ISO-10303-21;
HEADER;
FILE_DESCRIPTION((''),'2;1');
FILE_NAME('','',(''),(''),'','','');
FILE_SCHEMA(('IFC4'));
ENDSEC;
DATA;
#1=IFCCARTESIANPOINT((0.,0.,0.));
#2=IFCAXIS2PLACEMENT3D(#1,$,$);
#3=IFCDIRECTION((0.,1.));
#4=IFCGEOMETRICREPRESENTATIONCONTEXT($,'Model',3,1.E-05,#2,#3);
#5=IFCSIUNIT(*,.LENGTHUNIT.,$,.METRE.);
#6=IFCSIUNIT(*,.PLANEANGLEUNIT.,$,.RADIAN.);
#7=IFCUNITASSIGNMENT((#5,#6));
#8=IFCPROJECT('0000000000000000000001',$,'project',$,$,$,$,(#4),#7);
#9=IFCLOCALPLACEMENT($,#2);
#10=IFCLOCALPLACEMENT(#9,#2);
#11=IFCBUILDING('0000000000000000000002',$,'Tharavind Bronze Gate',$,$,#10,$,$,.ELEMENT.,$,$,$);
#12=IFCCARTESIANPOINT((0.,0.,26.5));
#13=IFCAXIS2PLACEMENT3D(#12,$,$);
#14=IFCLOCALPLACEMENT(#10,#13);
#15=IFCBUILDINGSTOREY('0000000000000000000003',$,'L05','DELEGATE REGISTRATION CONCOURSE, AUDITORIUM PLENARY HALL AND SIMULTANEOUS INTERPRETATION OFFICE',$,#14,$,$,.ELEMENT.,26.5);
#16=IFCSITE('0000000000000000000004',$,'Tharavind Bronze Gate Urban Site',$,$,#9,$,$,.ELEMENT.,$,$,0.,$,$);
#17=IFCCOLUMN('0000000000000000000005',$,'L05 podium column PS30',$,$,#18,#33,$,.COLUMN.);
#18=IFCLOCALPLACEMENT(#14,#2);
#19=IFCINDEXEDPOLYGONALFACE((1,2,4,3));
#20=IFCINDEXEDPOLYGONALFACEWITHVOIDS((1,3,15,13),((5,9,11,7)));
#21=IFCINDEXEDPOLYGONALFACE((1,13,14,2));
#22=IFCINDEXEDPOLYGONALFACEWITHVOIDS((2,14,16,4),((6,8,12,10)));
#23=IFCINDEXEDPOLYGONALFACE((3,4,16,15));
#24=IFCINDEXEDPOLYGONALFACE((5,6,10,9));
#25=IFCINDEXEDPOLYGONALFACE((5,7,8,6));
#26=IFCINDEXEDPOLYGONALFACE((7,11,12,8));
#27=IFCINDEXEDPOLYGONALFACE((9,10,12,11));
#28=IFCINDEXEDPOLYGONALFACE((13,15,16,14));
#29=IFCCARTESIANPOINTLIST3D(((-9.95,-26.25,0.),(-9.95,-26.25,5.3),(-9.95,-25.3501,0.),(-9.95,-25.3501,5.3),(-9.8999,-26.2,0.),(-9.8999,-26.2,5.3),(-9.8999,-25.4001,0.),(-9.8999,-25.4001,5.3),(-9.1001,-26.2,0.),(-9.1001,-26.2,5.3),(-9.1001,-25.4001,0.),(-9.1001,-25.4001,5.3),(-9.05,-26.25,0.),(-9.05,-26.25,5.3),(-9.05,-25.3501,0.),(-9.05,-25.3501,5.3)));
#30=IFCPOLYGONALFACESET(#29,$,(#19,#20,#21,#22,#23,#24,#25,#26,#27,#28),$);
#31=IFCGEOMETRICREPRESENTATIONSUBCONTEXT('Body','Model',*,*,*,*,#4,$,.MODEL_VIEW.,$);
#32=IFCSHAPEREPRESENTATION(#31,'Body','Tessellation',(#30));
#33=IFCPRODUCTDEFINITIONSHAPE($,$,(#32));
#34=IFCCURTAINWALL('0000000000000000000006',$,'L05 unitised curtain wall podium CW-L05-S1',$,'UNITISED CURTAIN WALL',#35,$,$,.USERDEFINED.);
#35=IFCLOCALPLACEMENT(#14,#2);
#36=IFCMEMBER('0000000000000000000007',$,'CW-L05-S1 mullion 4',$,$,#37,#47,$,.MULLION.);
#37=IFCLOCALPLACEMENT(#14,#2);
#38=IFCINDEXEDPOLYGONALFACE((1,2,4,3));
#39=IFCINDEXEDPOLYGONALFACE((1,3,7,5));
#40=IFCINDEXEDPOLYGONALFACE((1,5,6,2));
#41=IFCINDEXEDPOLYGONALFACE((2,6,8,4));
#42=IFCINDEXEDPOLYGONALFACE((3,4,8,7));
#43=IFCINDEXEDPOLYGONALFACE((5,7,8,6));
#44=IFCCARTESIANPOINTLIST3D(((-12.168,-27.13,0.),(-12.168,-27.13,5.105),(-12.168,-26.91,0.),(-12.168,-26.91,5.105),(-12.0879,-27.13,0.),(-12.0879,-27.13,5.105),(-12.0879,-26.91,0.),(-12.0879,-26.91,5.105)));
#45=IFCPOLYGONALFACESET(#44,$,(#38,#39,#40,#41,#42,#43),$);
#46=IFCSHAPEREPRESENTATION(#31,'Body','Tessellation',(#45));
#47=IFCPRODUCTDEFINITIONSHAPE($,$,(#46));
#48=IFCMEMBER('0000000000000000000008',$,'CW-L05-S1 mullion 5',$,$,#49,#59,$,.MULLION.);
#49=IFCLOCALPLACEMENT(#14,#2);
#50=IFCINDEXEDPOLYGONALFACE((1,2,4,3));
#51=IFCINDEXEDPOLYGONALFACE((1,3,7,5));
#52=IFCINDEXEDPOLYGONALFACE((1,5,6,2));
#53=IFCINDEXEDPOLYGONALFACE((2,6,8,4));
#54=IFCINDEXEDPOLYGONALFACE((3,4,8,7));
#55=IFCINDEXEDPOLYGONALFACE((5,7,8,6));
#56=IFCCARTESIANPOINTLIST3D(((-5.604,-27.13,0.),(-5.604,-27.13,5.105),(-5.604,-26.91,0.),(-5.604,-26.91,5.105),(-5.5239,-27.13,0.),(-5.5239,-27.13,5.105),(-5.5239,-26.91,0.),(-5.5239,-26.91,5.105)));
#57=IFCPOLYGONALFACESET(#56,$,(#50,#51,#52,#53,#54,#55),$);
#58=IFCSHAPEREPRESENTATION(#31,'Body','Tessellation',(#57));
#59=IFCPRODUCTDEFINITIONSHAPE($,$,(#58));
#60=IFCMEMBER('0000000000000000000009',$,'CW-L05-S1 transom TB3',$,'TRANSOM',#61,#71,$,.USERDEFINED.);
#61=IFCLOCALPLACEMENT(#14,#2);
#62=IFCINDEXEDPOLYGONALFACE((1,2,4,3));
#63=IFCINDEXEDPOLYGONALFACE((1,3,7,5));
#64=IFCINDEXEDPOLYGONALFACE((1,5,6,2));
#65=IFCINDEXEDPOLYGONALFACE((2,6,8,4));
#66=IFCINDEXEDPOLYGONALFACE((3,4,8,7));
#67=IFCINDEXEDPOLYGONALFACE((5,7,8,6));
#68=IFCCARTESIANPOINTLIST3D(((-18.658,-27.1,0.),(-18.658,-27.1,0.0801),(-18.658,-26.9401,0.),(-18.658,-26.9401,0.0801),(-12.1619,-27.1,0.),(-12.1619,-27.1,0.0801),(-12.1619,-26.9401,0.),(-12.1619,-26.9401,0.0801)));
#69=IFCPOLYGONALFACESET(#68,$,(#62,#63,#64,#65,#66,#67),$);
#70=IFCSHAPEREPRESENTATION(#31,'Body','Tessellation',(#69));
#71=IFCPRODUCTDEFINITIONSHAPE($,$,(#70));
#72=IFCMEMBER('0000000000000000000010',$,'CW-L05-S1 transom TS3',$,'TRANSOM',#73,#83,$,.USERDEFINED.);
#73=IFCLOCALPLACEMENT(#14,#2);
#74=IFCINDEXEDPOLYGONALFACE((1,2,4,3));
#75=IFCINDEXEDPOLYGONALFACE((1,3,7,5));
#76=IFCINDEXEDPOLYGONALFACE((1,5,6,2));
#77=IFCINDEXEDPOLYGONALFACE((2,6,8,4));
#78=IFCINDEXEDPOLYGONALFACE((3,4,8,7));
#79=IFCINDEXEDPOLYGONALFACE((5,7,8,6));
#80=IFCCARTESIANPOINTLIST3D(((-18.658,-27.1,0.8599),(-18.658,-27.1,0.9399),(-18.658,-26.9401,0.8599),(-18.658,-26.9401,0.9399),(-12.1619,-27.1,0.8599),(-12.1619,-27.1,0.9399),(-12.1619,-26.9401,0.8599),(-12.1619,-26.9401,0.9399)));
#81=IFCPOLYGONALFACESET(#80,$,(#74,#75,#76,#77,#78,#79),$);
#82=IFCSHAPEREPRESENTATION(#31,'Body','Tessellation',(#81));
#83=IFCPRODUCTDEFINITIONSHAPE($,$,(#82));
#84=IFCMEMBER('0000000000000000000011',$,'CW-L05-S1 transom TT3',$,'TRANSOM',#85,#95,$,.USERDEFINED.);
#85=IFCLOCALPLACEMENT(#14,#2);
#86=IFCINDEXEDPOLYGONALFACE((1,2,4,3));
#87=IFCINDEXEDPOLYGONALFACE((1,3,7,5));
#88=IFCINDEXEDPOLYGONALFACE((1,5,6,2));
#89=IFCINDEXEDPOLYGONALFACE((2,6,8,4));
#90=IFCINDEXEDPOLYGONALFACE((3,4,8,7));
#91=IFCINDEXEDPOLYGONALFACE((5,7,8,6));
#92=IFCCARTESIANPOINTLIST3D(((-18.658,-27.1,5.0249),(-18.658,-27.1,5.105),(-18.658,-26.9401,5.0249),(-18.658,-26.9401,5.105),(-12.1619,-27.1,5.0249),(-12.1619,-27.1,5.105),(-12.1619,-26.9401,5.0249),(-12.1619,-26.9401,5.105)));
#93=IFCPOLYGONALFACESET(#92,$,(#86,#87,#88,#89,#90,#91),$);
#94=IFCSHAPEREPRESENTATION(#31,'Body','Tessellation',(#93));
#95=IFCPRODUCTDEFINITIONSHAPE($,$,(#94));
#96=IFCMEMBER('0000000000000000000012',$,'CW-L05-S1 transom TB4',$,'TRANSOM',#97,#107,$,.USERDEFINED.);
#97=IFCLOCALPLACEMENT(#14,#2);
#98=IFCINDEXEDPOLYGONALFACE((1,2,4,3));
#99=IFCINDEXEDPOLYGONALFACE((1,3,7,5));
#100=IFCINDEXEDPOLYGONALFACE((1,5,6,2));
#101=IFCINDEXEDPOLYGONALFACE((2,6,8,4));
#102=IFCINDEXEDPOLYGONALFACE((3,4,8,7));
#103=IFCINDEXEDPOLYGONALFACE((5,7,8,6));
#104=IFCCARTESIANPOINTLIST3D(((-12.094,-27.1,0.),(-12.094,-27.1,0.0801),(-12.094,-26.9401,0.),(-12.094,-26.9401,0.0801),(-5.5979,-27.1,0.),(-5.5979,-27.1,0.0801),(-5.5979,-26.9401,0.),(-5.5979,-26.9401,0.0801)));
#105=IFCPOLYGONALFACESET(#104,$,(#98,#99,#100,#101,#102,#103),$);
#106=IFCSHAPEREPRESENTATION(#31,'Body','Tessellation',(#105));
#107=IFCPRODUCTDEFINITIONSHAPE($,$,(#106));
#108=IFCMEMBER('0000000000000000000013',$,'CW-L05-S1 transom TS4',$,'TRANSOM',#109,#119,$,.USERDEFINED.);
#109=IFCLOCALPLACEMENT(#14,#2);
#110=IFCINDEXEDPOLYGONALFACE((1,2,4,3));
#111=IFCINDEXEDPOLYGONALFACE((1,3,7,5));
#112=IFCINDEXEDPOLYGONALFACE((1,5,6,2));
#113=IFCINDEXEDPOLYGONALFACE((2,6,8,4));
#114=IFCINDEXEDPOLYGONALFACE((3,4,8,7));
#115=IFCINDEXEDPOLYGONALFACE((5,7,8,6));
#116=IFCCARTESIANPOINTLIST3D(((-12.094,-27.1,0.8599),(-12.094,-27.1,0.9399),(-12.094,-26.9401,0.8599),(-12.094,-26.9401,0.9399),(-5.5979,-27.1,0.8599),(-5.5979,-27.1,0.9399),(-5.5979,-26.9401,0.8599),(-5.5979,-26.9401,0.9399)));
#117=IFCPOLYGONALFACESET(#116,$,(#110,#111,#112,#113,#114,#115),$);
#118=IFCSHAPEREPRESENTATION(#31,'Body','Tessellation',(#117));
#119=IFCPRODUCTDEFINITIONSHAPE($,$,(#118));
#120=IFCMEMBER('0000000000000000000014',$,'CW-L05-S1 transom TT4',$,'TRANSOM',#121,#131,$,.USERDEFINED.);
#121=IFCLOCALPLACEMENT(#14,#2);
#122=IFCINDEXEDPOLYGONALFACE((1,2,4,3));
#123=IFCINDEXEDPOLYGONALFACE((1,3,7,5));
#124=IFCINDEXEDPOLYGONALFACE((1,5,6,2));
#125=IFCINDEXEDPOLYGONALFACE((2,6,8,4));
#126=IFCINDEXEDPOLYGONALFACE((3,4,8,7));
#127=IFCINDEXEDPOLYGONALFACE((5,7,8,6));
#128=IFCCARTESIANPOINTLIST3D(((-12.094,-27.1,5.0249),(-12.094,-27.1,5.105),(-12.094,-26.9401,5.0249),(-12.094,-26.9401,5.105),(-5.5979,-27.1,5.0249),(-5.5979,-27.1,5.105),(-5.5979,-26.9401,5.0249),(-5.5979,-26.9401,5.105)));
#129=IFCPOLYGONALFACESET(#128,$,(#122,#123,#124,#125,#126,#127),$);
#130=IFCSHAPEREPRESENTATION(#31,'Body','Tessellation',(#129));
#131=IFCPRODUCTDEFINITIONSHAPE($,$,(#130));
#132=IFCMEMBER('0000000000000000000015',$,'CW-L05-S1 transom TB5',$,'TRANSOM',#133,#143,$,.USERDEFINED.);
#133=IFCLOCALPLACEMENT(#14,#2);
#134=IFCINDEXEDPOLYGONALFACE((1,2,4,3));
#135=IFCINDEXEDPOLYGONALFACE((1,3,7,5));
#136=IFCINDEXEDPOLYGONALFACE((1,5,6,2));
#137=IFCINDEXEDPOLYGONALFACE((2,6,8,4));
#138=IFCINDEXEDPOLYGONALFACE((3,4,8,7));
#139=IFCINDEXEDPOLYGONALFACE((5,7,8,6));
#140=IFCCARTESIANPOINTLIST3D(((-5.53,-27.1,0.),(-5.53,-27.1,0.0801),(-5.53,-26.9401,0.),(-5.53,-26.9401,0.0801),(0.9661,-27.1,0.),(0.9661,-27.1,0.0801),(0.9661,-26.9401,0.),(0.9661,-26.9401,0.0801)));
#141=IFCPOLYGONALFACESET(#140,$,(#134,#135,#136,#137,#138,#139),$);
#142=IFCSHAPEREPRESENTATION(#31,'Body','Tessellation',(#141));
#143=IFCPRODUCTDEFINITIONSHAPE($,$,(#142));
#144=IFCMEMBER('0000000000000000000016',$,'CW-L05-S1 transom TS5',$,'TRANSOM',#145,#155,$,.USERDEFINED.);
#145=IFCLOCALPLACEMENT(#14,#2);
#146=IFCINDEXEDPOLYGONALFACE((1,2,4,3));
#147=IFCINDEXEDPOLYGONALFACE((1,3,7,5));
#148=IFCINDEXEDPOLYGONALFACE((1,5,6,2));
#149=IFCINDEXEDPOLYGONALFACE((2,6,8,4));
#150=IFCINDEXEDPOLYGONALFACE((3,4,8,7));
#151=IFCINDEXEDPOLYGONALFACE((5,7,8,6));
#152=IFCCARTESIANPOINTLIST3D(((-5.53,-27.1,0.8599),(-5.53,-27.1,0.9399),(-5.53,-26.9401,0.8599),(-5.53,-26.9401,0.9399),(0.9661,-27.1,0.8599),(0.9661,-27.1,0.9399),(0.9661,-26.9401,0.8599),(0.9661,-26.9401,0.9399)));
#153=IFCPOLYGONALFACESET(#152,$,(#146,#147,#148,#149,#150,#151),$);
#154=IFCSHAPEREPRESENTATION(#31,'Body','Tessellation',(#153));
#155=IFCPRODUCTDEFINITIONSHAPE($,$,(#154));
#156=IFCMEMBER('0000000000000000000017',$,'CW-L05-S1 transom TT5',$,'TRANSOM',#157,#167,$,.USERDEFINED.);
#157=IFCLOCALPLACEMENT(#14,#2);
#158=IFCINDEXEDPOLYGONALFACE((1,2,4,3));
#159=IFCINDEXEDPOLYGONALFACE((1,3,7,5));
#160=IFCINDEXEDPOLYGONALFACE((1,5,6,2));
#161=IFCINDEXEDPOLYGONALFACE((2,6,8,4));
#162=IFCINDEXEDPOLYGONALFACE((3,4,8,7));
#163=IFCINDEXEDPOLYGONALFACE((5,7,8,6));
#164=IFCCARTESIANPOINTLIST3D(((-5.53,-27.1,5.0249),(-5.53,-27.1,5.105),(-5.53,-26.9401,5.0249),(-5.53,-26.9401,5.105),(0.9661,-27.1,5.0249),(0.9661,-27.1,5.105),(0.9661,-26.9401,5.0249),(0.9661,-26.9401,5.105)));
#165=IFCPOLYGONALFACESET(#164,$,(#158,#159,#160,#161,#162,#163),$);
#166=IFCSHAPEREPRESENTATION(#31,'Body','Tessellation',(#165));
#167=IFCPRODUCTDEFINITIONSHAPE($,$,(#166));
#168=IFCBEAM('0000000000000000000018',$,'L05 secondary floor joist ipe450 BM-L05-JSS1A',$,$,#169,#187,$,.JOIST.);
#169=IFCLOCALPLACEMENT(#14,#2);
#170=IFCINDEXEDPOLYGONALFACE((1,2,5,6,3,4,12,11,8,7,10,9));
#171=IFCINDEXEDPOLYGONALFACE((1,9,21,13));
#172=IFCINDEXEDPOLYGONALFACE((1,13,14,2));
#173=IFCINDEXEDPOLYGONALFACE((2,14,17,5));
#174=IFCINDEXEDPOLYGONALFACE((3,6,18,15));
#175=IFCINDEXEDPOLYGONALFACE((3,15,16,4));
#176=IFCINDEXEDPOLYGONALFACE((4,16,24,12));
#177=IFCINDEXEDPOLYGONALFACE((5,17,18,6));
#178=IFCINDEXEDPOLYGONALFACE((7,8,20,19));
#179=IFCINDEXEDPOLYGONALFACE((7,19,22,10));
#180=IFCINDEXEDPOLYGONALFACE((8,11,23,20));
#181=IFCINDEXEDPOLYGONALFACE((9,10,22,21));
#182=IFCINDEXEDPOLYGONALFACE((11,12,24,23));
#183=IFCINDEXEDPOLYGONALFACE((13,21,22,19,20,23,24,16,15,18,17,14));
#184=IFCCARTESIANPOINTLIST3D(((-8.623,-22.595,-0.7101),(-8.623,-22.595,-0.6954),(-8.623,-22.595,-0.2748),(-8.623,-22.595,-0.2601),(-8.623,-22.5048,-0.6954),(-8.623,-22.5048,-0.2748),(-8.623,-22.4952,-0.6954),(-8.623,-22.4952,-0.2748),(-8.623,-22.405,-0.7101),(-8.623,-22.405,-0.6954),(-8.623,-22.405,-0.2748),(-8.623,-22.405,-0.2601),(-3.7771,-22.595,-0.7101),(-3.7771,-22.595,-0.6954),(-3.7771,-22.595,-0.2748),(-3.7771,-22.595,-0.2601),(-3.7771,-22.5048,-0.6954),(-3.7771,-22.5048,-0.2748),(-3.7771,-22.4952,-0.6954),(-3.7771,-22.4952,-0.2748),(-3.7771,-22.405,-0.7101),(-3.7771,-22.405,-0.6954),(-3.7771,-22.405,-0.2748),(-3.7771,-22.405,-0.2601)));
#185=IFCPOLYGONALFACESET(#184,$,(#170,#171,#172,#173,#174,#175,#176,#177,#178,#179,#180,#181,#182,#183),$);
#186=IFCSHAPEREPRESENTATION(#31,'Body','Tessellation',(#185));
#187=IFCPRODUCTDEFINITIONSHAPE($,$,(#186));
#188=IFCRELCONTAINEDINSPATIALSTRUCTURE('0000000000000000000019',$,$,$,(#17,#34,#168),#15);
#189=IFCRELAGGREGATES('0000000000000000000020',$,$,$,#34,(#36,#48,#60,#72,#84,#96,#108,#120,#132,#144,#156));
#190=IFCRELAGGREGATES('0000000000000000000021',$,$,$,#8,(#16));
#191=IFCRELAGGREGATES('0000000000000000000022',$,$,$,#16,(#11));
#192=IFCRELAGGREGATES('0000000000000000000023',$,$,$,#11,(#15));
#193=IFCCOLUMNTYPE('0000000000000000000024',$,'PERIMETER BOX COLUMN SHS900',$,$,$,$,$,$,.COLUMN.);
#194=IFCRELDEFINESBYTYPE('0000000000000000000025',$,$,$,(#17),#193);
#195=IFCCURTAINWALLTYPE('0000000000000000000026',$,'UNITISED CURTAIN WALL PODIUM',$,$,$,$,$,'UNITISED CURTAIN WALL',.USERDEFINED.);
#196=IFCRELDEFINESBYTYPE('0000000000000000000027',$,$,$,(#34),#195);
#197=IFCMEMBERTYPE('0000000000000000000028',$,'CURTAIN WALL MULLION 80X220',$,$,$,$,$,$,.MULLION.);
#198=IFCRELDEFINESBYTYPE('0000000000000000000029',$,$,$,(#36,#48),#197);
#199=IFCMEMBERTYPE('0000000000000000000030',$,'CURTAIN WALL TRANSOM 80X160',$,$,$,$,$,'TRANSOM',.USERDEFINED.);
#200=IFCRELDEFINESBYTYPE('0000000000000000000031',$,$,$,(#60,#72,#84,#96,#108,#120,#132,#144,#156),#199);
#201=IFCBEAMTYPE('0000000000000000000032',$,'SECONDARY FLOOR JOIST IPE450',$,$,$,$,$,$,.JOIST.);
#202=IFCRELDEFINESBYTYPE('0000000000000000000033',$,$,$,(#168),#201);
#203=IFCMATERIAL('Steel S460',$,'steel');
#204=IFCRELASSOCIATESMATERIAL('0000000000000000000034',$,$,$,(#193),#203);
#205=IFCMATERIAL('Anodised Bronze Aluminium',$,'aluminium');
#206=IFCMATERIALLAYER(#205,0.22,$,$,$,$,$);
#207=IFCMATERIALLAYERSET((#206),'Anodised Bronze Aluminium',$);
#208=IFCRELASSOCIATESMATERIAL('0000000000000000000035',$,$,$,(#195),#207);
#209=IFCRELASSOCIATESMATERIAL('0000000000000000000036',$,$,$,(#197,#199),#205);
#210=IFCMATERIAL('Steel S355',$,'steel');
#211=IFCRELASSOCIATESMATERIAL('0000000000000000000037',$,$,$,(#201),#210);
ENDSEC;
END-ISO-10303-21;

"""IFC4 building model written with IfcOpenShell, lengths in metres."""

from ifc_helpers import new_model, si_unit, direction, frame, origin, origin_2d, place, context, subcontext, project, spatial, rectangle, hollow_rectangle, i_section, extrude, material, layer, layer_set, material_profile, profile_set, type_object, element, aggregate, save


model = new_model("IFC4")

# Units and contexts
model_context = context("Model", 3, precision=1e-05, world=origin(), true_north=direction((0.0, 1.0)))
body_context = subcontext(model_context, "Body", "Model", "MODEL_VIEW")
ifc_project = project(units=[si_unit("LENGTHUNIT", "METRE"), si_unit("PLANEANGLEUNIT", "RADIAN")], contexts=[model_context])

# Site, building, storey
site_placement = place(None, origin())
site = spatial("IfcSite", under=ifc_project, at=site_placement, Name="Tharavind Bronze Gate Urban Site", CompositionType="ELEMENT", RefElevation=0.0)
building_placement = place(site_placement, origin())
building = spatial("IfcBuilding", under=site, at=building_placement, Name="Tharavind Bronze Gate", CompositionType="ELEMENT")
storey_placement = place(building_placement, frame((0.0, 0.0, 26.5)))
storey = spatial("IfcBuildingStorey", under=building, at=storey_placement, Name="L05", Description="DELEGATE REGISTRATION CONCOURSE, AUDITORIUM PLENARY HALL AND SIMULTANEOUS INTERPRETATION OFFICE", CompositionType="ELEMENT", Elevation=26.5)

# Column
ifc_material_1 = material(Name="Steel S460", Category="steel")
ifc_material_profile_1 = material_profile(ifc_material_1, hollow_rectangle(XDim=0.8999, YDim=0.8999, WallThickness=0.05, at=origin_2d()), Name="SHS900X50")
ifc_profile_set_1 = profile_set([ifc_material_profile_1], Name="Steel S460")
column_type = type_object("IfcColumnType", Name="PERIMETER BOX COLUMN SHS900", PredefinedType="COLUMN", material=ifc_profile_set_1)
column_placement = place(storey_placement, frame((-9.5, -25.8, 0.0), z_axis=(0.0, 0.0, 1.0), x_axis=(1.0, 0.0, 0.0)))
element("IfcColumn", 1, at=column_placement, inside=storey, type_object=column_type, Name="L05 podium column PS30", PredefinedType="COLUMN", context=body_context, shape_type="SweptSolid", body=[
    extrude(hollow_rectangle(XDim=0.8999, YDim=0.8999, WallThickness=0.05, at=origin_2d()), origin(), (0.0, 0.0, 1.0), 5.3),
])

# Curtain wall, members
ifc_material_2 = material(Name="Anodised Bronze Aluminium", Category="aluminium")
ifc_layer_1 = layer(ifc_material_2, 0.22)
ifc_layer_set_1 = layer_set([ifc_layer_1], Name="Anodised Bronze Aluminium")
curtain_wall_type = type_object("IfcCurtainWallType", Name="UNITISED CURTAIN WALL PODIUM", ElementType="UNITISED CURTAIN WALL", PredefinedType="USERDEFINED", material=ifc_layer_set_1)
curtain_wall_placement = place(storey_placement, origin())
curtain_wall = element("IfcCurtainWall", 2, at=curtain_wall_placement, inside=storey, type_object=curtain_wall_type, Name="L05 unitised curtain wall podium CW-L05-S1", ObjectType="UNITISED CURTAIN WALL", PredefinedType="USERDEFINED")
member_type_1 = type_object("IfcMemberType", Name="CURTAIN WALL MULLION 80X220", PredefinedType="MULLION", material=ifc_material_2)
member_1_placement = place(storey_placement, frame((-12.1279, -27.02, 0.0), z_axis=(0.0, 0.0, 1.0), x_axis=(1.0, 0.0, 0.0)))
member_1 = element("IfcMember", 3, at=member_1_placement, type_object=member_type_1, Name="CW-L05-S1 mullion 4", PredefinedType="MULLION", context=body_context, shape_type="SweptSolid", body=[
    extrude(rectangle(XDim=0.0801, YDim=0.22, at=origin_2d()), origin(), (0.0, 0.0, 1.0), 5.105),
])
member_2_placement = place(storey_placement, frame((-5.564, -27.02, 0.0), z_axis=(0.0, 0.0, 1.0), x_axis=(1.0, 0.0, 0.0)))
member_2 = element("IfcMember", 4, at=member_2_placement, type_object=member_type_1, Name="CW-L05-S1 mullion 5", PredefinedType="MULLION", context=body_context, shape_type="SweptSolid", body=[
    extrude(rectangle(XDim=0.0801, YDim=0.22, at=origin_2d()), origin(), (0.0, 0.0, 1.0), 5.105),
])
member_type_2 = type_object("IfcMemberType", Name="CURTAIN WALL TRANSOM 80X160", ElementType="TRANSOM", PredefinedType="USERDEFINED", material=ifc_material_2)
member_3_placement = place(storey_placement, frame((-15.4099, -27.02, 0.0), z_axis=(0.0, 0.0, 1.0), x_axis=(1.0, 0.0, 0.0)))
member_3 = element("IfcMember", 5, at=member_3_placement, type_object=member_type_2, Name="CW-L05-S1 transom TB3", ObjectType="TRANSOM", PredefinedType="USERDEFINED", context=body_context, shape_type="SweptSolid", body=[
    extrude(rectangle(XDim=6.4961, YDim=0.1599, at=origin_2d()), origin(), (0.0, 0.0, 1.0), 0.0801),
])
member_4_placement = place(storey_placement, frame((-15.4099, -27.02, 0.8599), z_axis=(0.0, 0.0, 1.0), x_axis=(1.0, 0.0, 0.0)))
member_4 = element("IfcMember", 6, at=member_4_placement, type_object=member_type_2, Name="CW-L05-S1 transom TS3", ObjectType="TRANSOM", PredefinedType="USERDEFINED", context=body_context, shape_type="SweptSolid", body=[
    extrude(rectangle(XDim=6.4961, YDim=0.1599, at=origin_2d()), origin(), (0.0, 0.0, 1.0), 0.0801),
])
member_5_placement = place(storey_placement, frame((-15.4099, -27.02, 5.0249), z_axis=(0.0, 0.0, 1.0), x_axis=(1.0, 0.0, 0.0)))
member_5 = element("IfcMember", 7, at=member_5_placement, type_object=member_type_2, Name="CW-L05-S1 transom TT3", ObjectType="TRANSOM", PredefinedType="USERDEFINED", context=body_context, shape_type="SweptSolid", body=[
    extrude(rectangle(XDim=6.4961, YDim=0.1599, at=origin_2d()), origin(), (0.0, 0.0, 1.0), 0.0801),
])
member_6_placement = place(storey_placement, frame((-8.8459, -27.02, 0.0), z_axis=(0.0, 0.0, 1.0), x_axis=(1.0, 0.0, 0.0)))
member_6 = element("IfcMember", 8, at=member_6_placement, type_object=member_type_2, Name="CW-L05-S1 transom TB4", ObjectType="TRANSOM", PredefinedType="USERDEFINED", context=body_context, shape_type="SweptSolid", body=[
    extrude(rectangle(XDim=6.4961, YDim=0.1599, at=origin_2d()), origin(), (0.0, 0.0, 1.0), 0.0801),
])
member_7_placement = place(storey_placement, frame((-8.8459, -27.02, 0.8599), z_axis=(0.0, 0.0, 1.0), x_axis=(1.0, 0.0, 0.0)))
member_7 = element("IfcMember", 9, at=member_7_placement, type_object=member_type_2, Name="CW-L05-S1 transom TS4", ObjectType="TRANSOM", PredefinedType="USERDEFINED", context=body_context, shape_type="SweptSolid", body=[
    extrude(rectangle(XDim=6.4961, YDim=0.1599, at=origin_2d()), origin(), (0.0, 0.0, 1.0), 0.0801),
])
member_8_placement = place(storey_placement, frame((-8.8459, -27.02, 5.0249), z_axis=(0.0, 0.0, 1.0), x_axis=(1.0, 0.0, 0.0)))
member_8 = element("IfcMember", 10, at=member_8_placement, type_object=member_type_2, Name="CW-L05-S1 transom TT4", ObjectType="TRANSOM", PredefinedType="USERDEFINED", context=body_context, shape_type="SweptSolid", body=[
    extrude(rectangle(XDim=6.4961, YDim=0.1599, at=origin_2d()), origin(), (0.0, 0.0, 1.0), 0.0801),
])
member_9_placement = place(storey_placement, frame((-2.282, -27.02, 0.0), z_axis=(0.0, 0.0, 1.0), x_axis=(1.0, 0.0, 0.0)))
member_9 = element("IfcMember", 11, at=member_9_placement, type_object=member_type_2, Name="CW-L05-S1 transom TB5", ObjectType="TRANSOM", PredefinedType="USERDEFINED", context=body_context, shape_type="SweptSolid", body=[
    extrude(rectangle(XDim=6.4961, YDim=0.1599, at=origin_2d()), origin(), (0.0, 0.0, 1.0), 0.0801),
])
member_10_placement = place(storey_placement, frame((-2.282, -27.02, 0.8599), z_axis=(0.0, 0.0, 1.0), x_axis=(1.0, 0.0, 0.0)))
member_10 = element("IfcMember", 12, at=member_10_placement, type_object=member_type_2, Name="CW-L05-S1 transom TS5", ObjectType="TRANSOM", PredefinedType="USERDEFINED", context=body_context, shape_type="SweptSolid", body=[
    extrude(rectangle(XDim=6.4961, YDim=0.1599, at=origin_2d()), origin(), (0.0, 0.0, 1.0), 0.0801),
])
member_11_placement = place(storey_placement, frame((-2.282, -27.02, 5.0249), z_axis=(0.0, 0.0, 1.0), x_axis=(1.0, 0.0, 0.0)))
member_11 = element("IfcMember", 13, at=member_11_placement, type_object=member_type_2, Name="CW-L05-S1 transom TT5", ObjectType="TRANSOM", PredefinedType="USERDEFINED", context=body_context, shape_type="SweptSolid", body=[
    extrude(rectangle(XDim=6.4961, YDim=0.1599, at=origin_2d()), origin(), (0.0, 0.0, 1.0), 0.0801),
])

# Beam
ifc_material_3 = material(Name="Steel S355", Category="steel")
ifc_material_profile_2 = material_profile(ifc_material_3, i_section(OverallWidth=0.1899, OverallDepth=0.45, WebThickness=0.0095, FlangeThickness=0.0146, at=origin_2d()), Name="IPE450")
ifc_profile_set_2 = profile_set([ifc_material_profile_2], Name="Steel S355")
beam_type_1 = type_object("IfcBeamType", Name="SECONDARY FLOOR JOIST IPE450", PredefinedType="JOIST", material=ifc_profile_set_2)
beam_1_placement = place(storey_placement, frame((-8.623, -22.5, -0.4851), z_axis=(1.0, 0.0, 0.0), x_axis=(0.0, 1.0, 0.0)))
element("IfcBeam", 14, at=beam_1_placement, inside=storey, type_object=beam_type_1, Name="L05 secondary floor joist ipe450 BM-L05-JSS1A", PredefinedType="JOIST", context=body_context, shape_type="SweptSolid", body=[
    extrude(i_section(OverallWidth=0.1899, OverallDepth=0.45, WebThickness=0.0095, FlangeThickness=0.0146, at=origin_2d()), origin(), (0.0, 0.0, 1.0), 4.8459),
])

aggregate(curtain_wall, [member_1, member_2, member_3, member_4, member_5, member_6, member_7, member_8, member_9, member_10, member_11])

save(model, "model.ifc")
